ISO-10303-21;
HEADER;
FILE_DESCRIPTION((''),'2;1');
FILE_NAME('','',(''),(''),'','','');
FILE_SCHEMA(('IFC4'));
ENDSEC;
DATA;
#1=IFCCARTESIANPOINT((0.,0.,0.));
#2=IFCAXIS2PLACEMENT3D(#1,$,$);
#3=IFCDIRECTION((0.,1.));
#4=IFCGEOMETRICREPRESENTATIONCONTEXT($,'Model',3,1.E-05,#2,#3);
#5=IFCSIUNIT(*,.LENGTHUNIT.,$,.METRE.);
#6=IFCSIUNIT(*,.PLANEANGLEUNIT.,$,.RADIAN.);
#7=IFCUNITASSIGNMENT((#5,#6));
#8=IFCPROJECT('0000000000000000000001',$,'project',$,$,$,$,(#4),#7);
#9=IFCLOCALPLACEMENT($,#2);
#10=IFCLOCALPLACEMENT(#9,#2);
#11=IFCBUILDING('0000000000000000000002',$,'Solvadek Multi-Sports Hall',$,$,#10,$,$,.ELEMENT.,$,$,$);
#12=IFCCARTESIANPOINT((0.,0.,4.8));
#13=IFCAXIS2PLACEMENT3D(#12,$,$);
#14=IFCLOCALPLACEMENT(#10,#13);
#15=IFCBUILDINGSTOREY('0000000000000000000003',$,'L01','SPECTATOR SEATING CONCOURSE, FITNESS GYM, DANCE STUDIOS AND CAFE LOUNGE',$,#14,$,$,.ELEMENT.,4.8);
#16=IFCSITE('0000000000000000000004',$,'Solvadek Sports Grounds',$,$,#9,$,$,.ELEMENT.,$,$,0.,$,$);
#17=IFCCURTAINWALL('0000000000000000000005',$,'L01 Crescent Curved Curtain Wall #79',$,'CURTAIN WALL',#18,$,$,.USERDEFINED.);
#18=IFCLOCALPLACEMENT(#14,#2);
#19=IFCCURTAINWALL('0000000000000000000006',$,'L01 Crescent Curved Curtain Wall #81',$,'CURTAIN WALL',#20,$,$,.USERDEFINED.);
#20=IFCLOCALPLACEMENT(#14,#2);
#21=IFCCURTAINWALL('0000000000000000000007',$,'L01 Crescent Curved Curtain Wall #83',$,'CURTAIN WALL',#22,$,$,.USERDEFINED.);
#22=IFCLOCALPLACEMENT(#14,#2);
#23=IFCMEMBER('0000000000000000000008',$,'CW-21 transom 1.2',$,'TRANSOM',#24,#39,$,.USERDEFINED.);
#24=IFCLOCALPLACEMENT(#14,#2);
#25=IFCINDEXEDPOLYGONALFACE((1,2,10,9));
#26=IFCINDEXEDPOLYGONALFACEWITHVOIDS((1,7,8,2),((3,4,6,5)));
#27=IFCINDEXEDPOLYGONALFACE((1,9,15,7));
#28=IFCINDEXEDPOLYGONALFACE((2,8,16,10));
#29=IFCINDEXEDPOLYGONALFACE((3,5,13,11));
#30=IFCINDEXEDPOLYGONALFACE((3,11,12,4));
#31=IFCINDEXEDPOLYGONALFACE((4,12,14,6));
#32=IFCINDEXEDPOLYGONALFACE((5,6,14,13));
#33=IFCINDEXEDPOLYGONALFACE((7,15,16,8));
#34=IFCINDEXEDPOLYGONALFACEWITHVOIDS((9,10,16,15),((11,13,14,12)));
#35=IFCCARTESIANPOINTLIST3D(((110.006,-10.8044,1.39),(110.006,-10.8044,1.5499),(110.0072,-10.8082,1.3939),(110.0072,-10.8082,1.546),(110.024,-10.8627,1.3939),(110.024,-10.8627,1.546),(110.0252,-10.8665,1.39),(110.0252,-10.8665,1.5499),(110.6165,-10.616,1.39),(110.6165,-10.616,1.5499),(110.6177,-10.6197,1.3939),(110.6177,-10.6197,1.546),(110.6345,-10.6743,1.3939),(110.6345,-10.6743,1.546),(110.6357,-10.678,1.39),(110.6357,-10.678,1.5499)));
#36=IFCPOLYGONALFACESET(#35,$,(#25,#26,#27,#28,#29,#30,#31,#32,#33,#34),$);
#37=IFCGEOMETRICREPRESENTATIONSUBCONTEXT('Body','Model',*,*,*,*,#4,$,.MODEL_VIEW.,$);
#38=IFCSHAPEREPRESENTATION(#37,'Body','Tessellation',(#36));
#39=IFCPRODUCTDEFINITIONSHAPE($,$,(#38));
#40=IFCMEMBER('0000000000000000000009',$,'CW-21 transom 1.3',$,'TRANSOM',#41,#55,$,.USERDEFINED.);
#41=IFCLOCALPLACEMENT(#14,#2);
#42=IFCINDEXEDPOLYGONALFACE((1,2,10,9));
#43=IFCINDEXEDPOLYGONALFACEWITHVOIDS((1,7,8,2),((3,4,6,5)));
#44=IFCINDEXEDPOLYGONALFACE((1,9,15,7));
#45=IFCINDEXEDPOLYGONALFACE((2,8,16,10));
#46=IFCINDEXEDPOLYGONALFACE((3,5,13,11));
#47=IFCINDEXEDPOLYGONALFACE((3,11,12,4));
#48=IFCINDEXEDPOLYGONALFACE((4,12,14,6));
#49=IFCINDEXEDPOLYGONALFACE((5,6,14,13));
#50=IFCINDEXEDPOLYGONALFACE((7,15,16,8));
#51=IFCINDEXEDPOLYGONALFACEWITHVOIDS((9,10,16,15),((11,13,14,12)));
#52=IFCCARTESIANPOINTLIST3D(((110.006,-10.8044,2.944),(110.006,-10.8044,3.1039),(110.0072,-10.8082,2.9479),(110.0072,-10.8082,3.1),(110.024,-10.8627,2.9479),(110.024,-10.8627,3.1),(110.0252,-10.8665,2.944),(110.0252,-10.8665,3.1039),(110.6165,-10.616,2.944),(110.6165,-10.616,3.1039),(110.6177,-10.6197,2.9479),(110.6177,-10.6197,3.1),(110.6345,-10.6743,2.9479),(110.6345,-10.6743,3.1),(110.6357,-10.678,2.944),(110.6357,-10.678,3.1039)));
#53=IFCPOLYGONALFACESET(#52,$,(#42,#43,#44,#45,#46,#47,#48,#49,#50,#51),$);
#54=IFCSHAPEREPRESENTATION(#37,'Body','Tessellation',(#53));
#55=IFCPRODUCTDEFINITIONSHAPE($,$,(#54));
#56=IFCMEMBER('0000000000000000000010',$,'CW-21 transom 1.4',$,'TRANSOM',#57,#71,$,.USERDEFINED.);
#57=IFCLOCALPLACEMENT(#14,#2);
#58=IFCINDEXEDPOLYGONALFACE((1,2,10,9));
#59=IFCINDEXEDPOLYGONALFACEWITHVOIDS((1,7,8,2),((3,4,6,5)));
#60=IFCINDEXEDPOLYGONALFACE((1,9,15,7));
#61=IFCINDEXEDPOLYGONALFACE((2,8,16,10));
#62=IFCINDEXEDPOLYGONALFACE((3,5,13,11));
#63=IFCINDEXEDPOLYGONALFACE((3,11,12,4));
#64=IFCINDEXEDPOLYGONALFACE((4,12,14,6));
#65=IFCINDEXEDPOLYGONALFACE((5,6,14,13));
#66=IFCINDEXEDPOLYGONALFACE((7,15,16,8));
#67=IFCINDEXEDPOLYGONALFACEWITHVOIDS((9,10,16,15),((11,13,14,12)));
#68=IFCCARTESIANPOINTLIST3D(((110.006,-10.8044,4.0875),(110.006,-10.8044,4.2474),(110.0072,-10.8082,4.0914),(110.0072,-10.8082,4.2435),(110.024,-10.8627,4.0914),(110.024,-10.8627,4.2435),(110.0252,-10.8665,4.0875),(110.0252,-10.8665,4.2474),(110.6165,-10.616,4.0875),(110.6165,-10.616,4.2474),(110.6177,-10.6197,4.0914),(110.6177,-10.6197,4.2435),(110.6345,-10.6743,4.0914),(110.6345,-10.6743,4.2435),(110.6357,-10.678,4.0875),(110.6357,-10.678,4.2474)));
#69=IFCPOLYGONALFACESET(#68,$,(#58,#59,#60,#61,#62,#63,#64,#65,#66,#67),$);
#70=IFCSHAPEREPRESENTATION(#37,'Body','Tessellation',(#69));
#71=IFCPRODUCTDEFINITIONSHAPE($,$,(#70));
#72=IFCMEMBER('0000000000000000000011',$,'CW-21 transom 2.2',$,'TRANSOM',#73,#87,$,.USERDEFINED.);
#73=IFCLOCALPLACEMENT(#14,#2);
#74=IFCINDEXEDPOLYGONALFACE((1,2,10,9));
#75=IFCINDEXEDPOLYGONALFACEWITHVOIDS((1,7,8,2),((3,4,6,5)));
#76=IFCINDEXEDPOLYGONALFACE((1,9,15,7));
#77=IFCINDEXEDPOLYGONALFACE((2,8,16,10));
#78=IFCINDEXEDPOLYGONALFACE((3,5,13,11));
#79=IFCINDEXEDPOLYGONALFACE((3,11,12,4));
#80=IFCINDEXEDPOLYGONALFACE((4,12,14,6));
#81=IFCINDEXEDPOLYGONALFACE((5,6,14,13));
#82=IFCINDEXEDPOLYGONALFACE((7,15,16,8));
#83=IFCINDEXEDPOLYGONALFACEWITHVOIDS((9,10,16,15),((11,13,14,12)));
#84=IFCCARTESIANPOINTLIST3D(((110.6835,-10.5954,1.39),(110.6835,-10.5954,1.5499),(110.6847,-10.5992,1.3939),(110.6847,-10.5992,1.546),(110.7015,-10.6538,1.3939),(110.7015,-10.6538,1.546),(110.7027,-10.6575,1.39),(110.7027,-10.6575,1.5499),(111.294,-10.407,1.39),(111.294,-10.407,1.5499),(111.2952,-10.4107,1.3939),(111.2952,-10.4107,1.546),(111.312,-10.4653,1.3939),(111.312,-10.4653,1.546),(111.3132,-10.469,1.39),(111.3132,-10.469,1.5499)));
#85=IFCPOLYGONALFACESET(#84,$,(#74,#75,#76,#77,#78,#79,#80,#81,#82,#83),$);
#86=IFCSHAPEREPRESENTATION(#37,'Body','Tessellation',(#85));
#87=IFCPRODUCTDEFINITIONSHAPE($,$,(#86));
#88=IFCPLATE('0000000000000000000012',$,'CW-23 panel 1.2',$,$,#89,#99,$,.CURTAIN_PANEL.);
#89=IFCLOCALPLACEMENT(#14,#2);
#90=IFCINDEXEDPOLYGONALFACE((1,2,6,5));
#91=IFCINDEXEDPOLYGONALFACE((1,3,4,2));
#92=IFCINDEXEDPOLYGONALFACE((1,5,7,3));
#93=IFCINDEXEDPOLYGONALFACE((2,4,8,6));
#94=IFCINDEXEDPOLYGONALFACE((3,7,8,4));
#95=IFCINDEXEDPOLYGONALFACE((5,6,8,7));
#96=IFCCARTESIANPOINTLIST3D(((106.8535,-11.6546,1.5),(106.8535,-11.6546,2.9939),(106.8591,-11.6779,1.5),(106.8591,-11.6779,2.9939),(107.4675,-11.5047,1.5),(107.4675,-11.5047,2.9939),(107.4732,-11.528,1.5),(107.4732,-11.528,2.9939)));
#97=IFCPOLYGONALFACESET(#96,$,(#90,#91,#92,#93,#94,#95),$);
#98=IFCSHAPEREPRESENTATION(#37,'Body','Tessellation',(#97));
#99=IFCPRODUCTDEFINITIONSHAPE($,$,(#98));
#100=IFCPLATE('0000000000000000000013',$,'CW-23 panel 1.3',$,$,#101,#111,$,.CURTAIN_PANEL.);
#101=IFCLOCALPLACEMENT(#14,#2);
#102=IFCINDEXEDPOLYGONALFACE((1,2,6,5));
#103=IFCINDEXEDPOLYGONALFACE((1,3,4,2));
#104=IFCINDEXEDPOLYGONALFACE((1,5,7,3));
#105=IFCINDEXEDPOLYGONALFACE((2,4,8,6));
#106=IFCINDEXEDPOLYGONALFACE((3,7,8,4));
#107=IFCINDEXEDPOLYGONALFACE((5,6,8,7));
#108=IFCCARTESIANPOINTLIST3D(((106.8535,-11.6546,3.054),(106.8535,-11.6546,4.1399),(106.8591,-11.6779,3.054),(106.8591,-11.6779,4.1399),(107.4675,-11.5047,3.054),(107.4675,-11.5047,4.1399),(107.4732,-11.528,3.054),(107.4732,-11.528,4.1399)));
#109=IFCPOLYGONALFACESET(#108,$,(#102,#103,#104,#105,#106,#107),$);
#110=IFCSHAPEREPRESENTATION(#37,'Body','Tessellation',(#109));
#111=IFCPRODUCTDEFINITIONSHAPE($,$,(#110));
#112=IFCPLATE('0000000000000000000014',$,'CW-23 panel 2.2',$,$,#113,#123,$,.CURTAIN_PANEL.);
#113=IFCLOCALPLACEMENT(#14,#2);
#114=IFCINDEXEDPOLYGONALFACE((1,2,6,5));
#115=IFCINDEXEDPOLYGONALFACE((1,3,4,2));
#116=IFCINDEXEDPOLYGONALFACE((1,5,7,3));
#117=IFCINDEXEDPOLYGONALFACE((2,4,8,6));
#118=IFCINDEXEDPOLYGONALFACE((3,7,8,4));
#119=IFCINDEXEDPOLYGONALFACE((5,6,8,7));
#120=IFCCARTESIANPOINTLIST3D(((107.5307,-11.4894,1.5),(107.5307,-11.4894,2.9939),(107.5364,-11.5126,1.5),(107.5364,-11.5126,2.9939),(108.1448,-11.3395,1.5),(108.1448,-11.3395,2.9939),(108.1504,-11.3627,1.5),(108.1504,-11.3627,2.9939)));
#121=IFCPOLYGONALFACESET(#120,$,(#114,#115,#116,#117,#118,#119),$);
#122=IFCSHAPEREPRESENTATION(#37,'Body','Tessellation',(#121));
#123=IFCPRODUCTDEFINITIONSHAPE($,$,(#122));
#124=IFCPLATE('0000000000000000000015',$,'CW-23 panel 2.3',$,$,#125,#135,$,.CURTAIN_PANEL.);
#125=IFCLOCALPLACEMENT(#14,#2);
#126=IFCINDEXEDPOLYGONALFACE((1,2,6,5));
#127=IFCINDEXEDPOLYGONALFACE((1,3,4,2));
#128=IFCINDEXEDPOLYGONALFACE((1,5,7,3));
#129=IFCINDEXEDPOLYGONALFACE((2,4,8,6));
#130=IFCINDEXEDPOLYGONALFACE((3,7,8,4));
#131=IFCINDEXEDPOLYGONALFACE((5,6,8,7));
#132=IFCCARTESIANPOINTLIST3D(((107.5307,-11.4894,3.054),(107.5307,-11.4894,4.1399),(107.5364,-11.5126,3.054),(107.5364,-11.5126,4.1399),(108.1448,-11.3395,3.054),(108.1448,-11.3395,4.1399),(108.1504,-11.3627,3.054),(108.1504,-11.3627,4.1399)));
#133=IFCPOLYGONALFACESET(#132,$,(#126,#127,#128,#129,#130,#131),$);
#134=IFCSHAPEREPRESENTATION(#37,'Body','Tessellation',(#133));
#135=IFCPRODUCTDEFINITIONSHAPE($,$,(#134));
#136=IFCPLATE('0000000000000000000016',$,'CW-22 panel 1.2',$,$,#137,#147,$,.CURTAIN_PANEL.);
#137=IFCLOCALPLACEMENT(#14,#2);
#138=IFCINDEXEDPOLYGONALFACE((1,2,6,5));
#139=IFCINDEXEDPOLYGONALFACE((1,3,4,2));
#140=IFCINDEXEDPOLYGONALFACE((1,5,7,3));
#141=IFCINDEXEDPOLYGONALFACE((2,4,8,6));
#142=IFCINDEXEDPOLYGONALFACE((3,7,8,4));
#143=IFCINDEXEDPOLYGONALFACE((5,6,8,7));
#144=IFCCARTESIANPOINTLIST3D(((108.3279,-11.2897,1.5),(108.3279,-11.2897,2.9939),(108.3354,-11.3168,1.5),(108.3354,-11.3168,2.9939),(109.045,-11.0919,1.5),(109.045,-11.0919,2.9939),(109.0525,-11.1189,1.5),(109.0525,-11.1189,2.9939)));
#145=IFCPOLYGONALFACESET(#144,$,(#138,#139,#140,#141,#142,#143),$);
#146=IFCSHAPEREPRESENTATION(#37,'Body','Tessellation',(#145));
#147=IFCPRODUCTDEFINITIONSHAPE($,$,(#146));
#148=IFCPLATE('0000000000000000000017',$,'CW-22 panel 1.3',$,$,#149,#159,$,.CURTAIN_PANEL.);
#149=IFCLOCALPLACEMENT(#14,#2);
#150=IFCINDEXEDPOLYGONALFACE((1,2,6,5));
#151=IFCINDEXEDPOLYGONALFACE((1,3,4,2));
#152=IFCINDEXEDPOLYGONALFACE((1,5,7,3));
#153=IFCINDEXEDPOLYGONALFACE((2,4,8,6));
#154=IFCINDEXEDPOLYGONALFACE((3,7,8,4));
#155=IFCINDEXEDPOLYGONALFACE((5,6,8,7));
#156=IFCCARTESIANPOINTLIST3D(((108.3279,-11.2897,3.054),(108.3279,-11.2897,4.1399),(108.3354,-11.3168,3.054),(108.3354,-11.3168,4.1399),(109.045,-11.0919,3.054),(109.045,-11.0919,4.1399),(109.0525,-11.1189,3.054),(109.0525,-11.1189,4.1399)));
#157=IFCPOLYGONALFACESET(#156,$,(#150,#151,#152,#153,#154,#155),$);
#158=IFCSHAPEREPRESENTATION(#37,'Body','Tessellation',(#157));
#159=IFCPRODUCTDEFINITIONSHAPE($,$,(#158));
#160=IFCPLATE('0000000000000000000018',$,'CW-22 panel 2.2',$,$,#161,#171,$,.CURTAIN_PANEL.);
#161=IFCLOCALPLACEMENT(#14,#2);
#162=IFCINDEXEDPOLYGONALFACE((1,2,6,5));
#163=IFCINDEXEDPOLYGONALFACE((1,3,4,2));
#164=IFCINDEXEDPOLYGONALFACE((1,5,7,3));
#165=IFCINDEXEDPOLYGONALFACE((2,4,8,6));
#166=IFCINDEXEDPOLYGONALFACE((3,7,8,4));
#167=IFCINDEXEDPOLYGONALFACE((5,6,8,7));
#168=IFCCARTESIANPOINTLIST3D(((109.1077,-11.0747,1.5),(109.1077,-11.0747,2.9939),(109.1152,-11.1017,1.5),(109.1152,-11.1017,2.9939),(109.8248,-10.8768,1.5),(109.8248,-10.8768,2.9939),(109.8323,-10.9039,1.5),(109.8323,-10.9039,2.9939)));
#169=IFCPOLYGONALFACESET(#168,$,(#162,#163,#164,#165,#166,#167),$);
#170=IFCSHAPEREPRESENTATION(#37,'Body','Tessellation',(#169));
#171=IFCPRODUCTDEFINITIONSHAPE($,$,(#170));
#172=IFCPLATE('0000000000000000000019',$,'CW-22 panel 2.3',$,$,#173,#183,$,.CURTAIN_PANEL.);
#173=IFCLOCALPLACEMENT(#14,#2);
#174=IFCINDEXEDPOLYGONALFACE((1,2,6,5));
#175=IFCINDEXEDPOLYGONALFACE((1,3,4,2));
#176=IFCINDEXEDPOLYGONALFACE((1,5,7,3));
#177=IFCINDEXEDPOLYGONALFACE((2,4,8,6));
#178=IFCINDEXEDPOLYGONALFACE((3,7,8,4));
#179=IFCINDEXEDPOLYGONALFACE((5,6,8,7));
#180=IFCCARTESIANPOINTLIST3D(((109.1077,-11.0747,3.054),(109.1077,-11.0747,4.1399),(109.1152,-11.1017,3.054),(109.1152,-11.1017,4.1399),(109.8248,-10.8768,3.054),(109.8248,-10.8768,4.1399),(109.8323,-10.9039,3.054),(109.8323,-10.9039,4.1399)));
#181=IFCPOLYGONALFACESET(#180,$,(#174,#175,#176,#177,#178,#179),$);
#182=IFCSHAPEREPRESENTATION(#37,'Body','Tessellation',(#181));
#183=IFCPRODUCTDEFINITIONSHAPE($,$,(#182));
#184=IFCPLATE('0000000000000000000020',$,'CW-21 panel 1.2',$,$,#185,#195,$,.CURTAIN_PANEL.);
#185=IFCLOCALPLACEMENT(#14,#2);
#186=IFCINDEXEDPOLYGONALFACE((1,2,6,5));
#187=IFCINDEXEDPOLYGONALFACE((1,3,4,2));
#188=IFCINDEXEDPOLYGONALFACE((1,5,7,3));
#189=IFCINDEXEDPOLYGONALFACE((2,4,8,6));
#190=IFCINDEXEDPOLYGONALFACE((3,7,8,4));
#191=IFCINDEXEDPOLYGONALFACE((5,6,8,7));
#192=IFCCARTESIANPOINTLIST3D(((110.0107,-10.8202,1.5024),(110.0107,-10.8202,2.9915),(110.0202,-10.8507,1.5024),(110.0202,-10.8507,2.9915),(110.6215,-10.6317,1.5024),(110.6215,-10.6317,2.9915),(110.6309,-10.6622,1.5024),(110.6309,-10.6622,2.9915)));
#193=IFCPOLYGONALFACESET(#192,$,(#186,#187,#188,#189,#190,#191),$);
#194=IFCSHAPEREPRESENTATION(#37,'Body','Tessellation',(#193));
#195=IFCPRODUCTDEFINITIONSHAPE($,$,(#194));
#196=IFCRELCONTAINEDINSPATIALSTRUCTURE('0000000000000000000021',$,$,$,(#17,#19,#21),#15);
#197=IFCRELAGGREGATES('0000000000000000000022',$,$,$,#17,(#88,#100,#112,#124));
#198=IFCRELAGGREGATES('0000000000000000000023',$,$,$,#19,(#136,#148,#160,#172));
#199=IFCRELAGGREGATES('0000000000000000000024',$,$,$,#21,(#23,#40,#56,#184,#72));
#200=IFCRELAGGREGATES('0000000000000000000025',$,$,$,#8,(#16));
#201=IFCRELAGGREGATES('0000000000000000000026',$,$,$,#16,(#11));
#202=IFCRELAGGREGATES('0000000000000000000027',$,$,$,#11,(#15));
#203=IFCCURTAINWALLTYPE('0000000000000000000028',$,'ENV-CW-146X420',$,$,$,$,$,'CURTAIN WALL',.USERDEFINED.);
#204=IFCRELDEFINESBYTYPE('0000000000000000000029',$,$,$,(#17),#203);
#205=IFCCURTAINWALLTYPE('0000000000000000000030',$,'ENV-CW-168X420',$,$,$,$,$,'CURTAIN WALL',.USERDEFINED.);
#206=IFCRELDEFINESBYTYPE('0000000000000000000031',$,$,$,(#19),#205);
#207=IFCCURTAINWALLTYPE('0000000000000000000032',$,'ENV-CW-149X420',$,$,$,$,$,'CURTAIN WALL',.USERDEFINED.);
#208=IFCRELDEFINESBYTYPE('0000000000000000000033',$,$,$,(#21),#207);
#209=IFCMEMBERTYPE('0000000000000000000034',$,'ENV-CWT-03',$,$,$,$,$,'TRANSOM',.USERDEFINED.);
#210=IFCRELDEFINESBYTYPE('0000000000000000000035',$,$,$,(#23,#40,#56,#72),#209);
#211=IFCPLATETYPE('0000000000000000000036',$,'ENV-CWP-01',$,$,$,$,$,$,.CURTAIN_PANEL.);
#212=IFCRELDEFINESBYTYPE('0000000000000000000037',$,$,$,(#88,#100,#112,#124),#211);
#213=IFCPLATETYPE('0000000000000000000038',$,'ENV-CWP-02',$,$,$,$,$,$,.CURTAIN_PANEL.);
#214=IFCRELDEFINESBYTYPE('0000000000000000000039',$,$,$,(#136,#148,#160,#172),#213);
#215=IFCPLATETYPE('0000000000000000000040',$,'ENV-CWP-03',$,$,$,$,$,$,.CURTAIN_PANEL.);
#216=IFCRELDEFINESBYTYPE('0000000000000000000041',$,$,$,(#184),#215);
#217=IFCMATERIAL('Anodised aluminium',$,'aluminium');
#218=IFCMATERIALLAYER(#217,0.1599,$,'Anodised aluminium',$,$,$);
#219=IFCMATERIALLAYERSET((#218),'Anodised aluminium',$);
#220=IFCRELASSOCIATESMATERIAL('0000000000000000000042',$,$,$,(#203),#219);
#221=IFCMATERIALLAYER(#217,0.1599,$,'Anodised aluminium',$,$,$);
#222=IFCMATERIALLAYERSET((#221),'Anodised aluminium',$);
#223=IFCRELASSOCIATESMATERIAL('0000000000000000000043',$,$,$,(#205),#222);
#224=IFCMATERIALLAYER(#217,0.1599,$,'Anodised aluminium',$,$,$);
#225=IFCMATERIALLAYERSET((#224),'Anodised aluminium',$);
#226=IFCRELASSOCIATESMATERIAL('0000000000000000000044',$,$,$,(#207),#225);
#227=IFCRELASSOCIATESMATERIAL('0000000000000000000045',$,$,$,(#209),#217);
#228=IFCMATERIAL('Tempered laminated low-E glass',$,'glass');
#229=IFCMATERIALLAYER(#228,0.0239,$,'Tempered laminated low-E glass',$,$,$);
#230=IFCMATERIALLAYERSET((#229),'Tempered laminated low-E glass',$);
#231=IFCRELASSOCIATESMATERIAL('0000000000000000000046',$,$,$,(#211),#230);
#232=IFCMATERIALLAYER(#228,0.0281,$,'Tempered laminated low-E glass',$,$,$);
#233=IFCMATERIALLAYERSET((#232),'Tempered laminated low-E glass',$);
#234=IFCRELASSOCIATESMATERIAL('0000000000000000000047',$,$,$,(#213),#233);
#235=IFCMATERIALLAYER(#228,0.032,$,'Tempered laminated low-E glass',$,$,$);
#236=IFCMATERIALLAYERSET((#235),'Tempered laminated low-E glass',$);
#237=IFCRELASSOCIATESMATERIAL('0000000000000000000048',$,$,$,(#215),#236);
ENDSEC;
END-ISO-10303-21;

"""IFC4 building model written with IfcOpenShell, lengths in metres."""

from ifc_helpers import new_model, si_unit, direction, frame, origin, origin_2d, place, context, subcontext, project, spatial, rectangle, hollow_rectangle, extrude, material, layer, layer_set, material_profile, profile_set, type_object, element, aggregate, save


model = new_model("IFC4")

# Units and contexts
model_context = context("Model", 3, precision=1e-05, world=origin(), true_north=direction((0.0, 1.0)))
body_context = subcontext(model_context, "Body", "Model", "MODEL_VIEW")
ifc_project = project(units=[si_unit("LENGTHUNIT", "METRE"), si_unit("PLANEANGLEUNIT", "RADIAN")], contexts=[model_context])

# Site, building, storey
site_placement = place(None, origin())
site = spatial("IfcSite", under=ifc_project, at=site_placement, Name="Solvadek Sports Grounds", CompositionType="ELEMENT", RefElevation=0.0)
building_placement = place(site_placement, origin())
building = spatial("IfcBuilding", under=site, at=building_placement, Name="Solvadek Multi-Sports Hall", CompositionType="ELEMENT")
storey_placement = place(building_placement, frame((0.0, 0.0, 4.8)))
storey = spatial("IfcBuildingStorey", under=building, at=storey_placement, Name="L01", Description="SPECTATOR SEATING CONCOURSE, FITNESS GYM, DANCE STUDIOS AND CAFE LOUNGE", CompositionType="ELEMENT", Elevation=4.8)

# Curtain walls, members
ifc_material_1 = material(Name="Anodised aluminium", Category="aluminium")
ifc_layer_1 = layer(ifc_material_1, 0.1599, Name="Anodised aluminium")
ifc_layer_set_1 = layer_set([ifc_layer_1], Name="Anodised aluminium")
curtain_wall_type_1 = type_object("IfcCurtainWallType", Name="ENV-CW-146X420", ElementType="CURTAIN WALL", PredefinedType="USERDEFINED", material=ifc_layer_set_1)
curtain_wall_1_placement = place(storey_placement, origin())
curtain_wall_1 = element("IfcCurtainWall", 1, at=curtain_wall_1_placement, inside=storey, type_object=curtain_wall_type_1, Name="L01 Crescent Curved Curtain Wall #79", ObjectType="CURTAIN WALL", PredefinedType="USERDEFINED")
ifc_layer_2 = layer(ifc_material_1, 0.1599, Name="Anodised aluminium")
ifc_layer_set_2 = layer_set([ifc_layer_2], Name="Anodised aluminium")
curtain_wall_type_2 = type_object("IfcCurtainWallType", Name="ENV-CW-168X420", ElementType="CURTAIN WALL", PredefinedType="USERDEFINED", material=ifc_layer_set_2)
curtain_wall_2_placement = place(storey_placement, origin())
curtain_wall_2 = element("IfcCurtainWall", 2, at=curtain_wall_2_placement, inside=storey, type_object=curtain_wall_type_2, Name="L01 Crescent Curved Curtain Wall #81", ObjectType="CURTAIN WALL", PredefinedType="USERDEFINED")
ifc_layer_3 = layer(ifc_material_1, 0.1599, Name="Anodised aluminium")
ifc_layer_set_3 = layer_set([ifc_layer_3], Name="Anodised aluminium")
curtain_wall_type_3 = type_object("IfcCurtainWallType", Name="ENV-CW-149X420", ElementType="CURTAIN WALL", PredefinedType="USERDEFINED", material=ifc_layer_set_3)
curtain_wall_3_placement = place(storey_placement, origin())
curtain_wall_3 = element("IfcCurtainWall", 3, at=curtain_wall_3_placement, inside=storey, type_object=curtain_wall_type_3, Name="L01 Crescent Curved Curtain Wall #83", ObjectType="CURTAIN WALL", PredefinedType="USERDEFINED")
ifc_material_profile_1 = material_profile(ifc_material_1, hollow_rectangle(XDim=0.0649, YDim=0.1599, WallThickness=0.0039, at=origin_2d()), Name="ALU-T 160x65x4")
ifc_profile_set_1 = profile_set([ifc_material_profile_1], Name="Anodised aluminium")
member_type_1 = type_object("IfcMemberType", Name="ENV-CWT-03", ElementType="TRANSOM", PredefinedType="USERDEFINED", material=ifc_profile_set_1)
member_1_placement = place(storey_placement, frame((110.0156, -10.8354, 1.47), z_axis=(0.955514, 0.294945, 0.0), x_axis=(-0.294945, 0.955514, 0.0)))
member_1 = element("IfcMember", 4, at=member_1_placement, type_object=member_type_1, Name="CW-21 transom 1.2", ObjectType="TRANSOM", PredefinedType="USERDEFINED", context=body_context, shape_type="SweptSolid", body=[
    extrude(hollow_rectangle(XDim=0.0649, YDim=0.1599, WallThickness=0.0039, at=origin_2d()), origin(), (0.0, 0.0, 1.0), 0.6389),
])
member_2_placement = place(storey_placement, frame((110.0156, -10.8354, 3.0239), z_axis=(0.955514, 0.294945, 0.0), x_axis=(-0.294945, 0.955514, 0.0)))
member_2 = element("IfcMember", 5, at=member_2_placement, type_object=member_type_1, Name="CW-21 transom 1.3", ObjectType="TRANSOM", PredefinedType="USERDEFINED", context=body_context, shape_type="SweptSolid", body=[
    extrude(hollow_rectangle(XDim=0.0649, YDim=0.1599, WallThickness=0.0039, at=origin_2d()), origin(), (0.0, 0.0, 1.0), 0.6389),
])
member_3_placement = place(storey_placement, frame((110.0156, -10.8354, 4.1675), z_axis=(0.955514, 0.294945, 0.0), x_axis=(-0.294945, 0.955514, 0.0)))
member_3 = element("IfcMember", 6, at=member_3_placement, type_object=member_type_1, Name="CW-21 transom 1.4", ObjectType="TRANSOM", PredefinedType="USERDEFINED", context=body_context, shape_type="SweptSolid", body=[
    extrude(hollow_rectangle(XDim=0.0649, YDim=0.1599, WallThickness=0.0039, at=origin_2d()), origin(), (0.0, 0.0, 1.0), 0.6389),
])
member_4_placement = place(storey_placement, frame((110.6931, -10.6265, 1.47), z_axis=(0.955514, 0.294945, 0.0), x_axis=(-0.294945, 0.955514, 0.0)))
member_4 = element("IfcMember", 7, at=member_4_placement, type_object=member_type_1, Name="CW-21 transom 2.2", ObjectType="TRANSOM", PredefinedType="USERDEFINED", context=body_context, shape_type="SweptSolid", body=[
    extrude(hollow_rectangle(XDim=0.0649, YDim=0.1599, WallThickness=0.0039, at=origin_2d()), origin(), (0.0, 0.0, 1.0), 0.6389),
])

# Plates
ifc_material_2 = material(Name="Tempered laminated low-E glass", Category="glass")
ifc_layer_4 = layer(ifc_material_2, 0.0239, Name="Tempered laminated low-E glass")
ifc_layer_set_4 = layer_set([ifc_layer_4], Name="Tempered laminated low-E glass")
plate_type_1 = type_object("IfcPlateType", Name="ENV-CWP-01", PredefinedType="CURTAIN_PANEL", material=ifc_layer_set_4)
plate_1_placement = place(storey_placement, frame((107.1633, -11.5913, 1.5), z_axis=(0.0, 0.0, 1.0), x_axis=(0.97147, 0.237163, 0.0)))
plate_1 = element("IfcPlate", 8, at=plate_1_placement, type_object=plate_type_1, Name="CW-23 panel 1.2", PredefinedType="CURTAIN_PANEL", context=body_context, shape_type="SweptSolid", body=[
    extrude(rectangle(XDim=0.6321, YDim=0.0239, at=origin_2d()), origin(), (0.0, 0.0, 1.0), 1.4939),
])
plate_2_placement = place(storey_placement, frame((107.1633, -11.5913, 3.054), z_axis=(0.0, 0.0, 1.0), x_axis=(0.97147, 0.237163, 0.0)))
plate_2 = element("IfcPlate", 9, at=plate_2_placement, type_object=plate_type_1, Name="CW-23 panel 1.3", PredefinedType="CURTAIN_PANEL", context=body_context, shape_type="SweptSolid", body=[
    extrude(rectangle(XDim=0.6321, YDim=0.0239, at=origin_2d()), origin(), (0.0, 0.0, 1.0), 1.0859),
])
plate_3_placement = place(storey_placement, frame((107.8406, -11.426, 1.5), z_axis=(0.0, 0.0, 1.0), x_axis=(0.97147, 0.237163, 0.0)))
plate_3 = element("IfcPlate", 10, at=plate_3_placement, type_object=plate_type_1, Name="CW-23 panel 2.2", PredefinedType="CURTAIN_PANEL", context=body_context, shape_type="SweptSolid", body=[
    extrude(rectangle(XDim=0.6321, YDim=0.0239, at=origin_2d()), origin(), (0.0, 0.0, 1.0), 1.4939),
])
plate_4_placement = place(storey_placement, frame((107.8406, -11.426, 3.054), z_axis=(0.0, 0.0, 1.0), x_axis=(0.97147, 0.237163, 0.0)))
plate_4 = element("IfcPlate", 11, at=plate_4_placement, type_object=plate_type_1, Name="CW-23 panel 2.3", PredefinedType="CURTAIN_PANEL", context=body_context, shape_type="SweptSolid", body=[
    extrude(rectangle(XDim=0.6321, YDim=0.0239, at=origin_2d()), origin(), (0.0, 0.0, 1.0), 1.0859),
])
aggregate(curtain_wall_1, [plate_1, plate_2, plate_3, plate_4])
ifc_layer_5 = layer(ifc_material_2, 0.0281, Name="Tempered laminated low-E glass")
ifc_layer_set_5 = layer_set([ifc_layer_5], Name="Tempered laminated low-E glass")
plate_type_2 = type_object("IfcPlateType", Name="ENV-CWP-02", PredefinedType="CURTAIN_PANEL", material=ifc_layer_set_5)
plate_5_placement = place(storey_placement, frame((108.6902, -11.2043, 1.5), z_axis=(0.0, 0.0, 1.0), x_axis=(0.963978, 0.265982, 0.0)))
plate_5 = element("IfcPlate", 12, at=plate_5_placement, type_object=plate_type_2, Name="CW-22 panel 1.2", PredefinedType="CURTAIN_PANEL", context=body_context, shape_type="SweptSolid", body=[
    extrude(rectangle(XDim=0.7439, YDim=0.0281, at=origin_2d()), origin(), (0.0, 0.0, 1.0), 1.4939),
])
plate_6_placement = place(storey_placement, frame((108.6902, -11.2043, 3.054), z_axis=(0.0, 0.0, 1.0), x_axis=(0.963978, 0.265982, 0.0)))
plate_6 = element("IfcPlate", 13, at=plate_6_placement, type_object=plate_type_2, Name="CW-22 panel 1.3", PredefinedType="CURTAIN_PANEL", context=body_context, shape_type="SweptSolid", body=[
    extrude(rectangle(XDim=0.7439, YDim=0.0281, at=origin_2d()), origin(), (0.0, 0.0, 1.0), 1.0859),
])
plate_7_placement = place(storey_placement, frame((109.47, -10.9893, 1.5), z_axis=(0.0, 0.0, 1.0), x_axis=(0.963978, 0.265982, 0.0)))
plate_7 = element("IfcPlate", 14, at=plate_7_placement, type_object=plate_type_2, Name="CW-22 panel 2.2", PredefinedType="CURTAIN_PANEL", context=body_context, shape_type="SweptSolid", body=[
    extrude(rectangle(XDim=0.7439, YDim=0.0281, at=origin_2d()), origin(), (0.0, 0.0, 1.0), 1.4939),
])
plate_8_placement = place(storey_placement, frame((109.47, -10.9893, 3.054), z_axis=(0.0, 0.0, 1.0), x_axis=(0.963978, 0.265982, 0.0)))
plate_8 = element("IfcPlate", 15, at=plate_8_placement, type_object=plate_type_2, Name="CW-22 panel 2.3", PredefinedType="CURTAIN_PANEL", context=body_context, shape_type="SweptSolid", body=[
    extrude(rectangle(XDim=0.7439, YDim=0.0281, at=origin_2d()), origin(), (0.0, 0.0, 1.0), 1.0859),
])
aggregate(curtain_wall_2, [plate_5, plate_6, plate_7, plate_8])
ifc_layer_6 = layer(ifc_material_2, 0.032, Name="Tempered laminated low-E glass")
ifc_layer_set_6 = layer_set([ifc_layer_6], Name="Tempered laminated low-E glass")
plate_type_3 = type_object("IfcPlateType", Name="ENV-CWP-03", PredefinedType="CURTAIN_PANEL", material=ifc_layer_set_6)
plate_9_placement = place(storey_placement, frame((110.3208, -10.7412, 1.5024), z_axis=(0.0, 0.0, 1.0), x_axis=(0.955521, 0.294922, 0.0)))
plate_9 = element("IfcPlate", 16, at=plate_9_placement, type_object=plate_type_3, Name="CW-21 panel 1.2", PredefinedType="CURTAIN_PANEL", context=body_context, shape_type="SweptSolid", body=[
    extrude(rectangle(XDim=0.6392, YDim=0.032, at=origin_2d()), origin(), (0.0, 0.0, 1.0), 1.489),
])
aggregate(curtain_wall_3, [member_1, member_2, member_3, plate_9, member_4])

save(model, "model.ifc")
